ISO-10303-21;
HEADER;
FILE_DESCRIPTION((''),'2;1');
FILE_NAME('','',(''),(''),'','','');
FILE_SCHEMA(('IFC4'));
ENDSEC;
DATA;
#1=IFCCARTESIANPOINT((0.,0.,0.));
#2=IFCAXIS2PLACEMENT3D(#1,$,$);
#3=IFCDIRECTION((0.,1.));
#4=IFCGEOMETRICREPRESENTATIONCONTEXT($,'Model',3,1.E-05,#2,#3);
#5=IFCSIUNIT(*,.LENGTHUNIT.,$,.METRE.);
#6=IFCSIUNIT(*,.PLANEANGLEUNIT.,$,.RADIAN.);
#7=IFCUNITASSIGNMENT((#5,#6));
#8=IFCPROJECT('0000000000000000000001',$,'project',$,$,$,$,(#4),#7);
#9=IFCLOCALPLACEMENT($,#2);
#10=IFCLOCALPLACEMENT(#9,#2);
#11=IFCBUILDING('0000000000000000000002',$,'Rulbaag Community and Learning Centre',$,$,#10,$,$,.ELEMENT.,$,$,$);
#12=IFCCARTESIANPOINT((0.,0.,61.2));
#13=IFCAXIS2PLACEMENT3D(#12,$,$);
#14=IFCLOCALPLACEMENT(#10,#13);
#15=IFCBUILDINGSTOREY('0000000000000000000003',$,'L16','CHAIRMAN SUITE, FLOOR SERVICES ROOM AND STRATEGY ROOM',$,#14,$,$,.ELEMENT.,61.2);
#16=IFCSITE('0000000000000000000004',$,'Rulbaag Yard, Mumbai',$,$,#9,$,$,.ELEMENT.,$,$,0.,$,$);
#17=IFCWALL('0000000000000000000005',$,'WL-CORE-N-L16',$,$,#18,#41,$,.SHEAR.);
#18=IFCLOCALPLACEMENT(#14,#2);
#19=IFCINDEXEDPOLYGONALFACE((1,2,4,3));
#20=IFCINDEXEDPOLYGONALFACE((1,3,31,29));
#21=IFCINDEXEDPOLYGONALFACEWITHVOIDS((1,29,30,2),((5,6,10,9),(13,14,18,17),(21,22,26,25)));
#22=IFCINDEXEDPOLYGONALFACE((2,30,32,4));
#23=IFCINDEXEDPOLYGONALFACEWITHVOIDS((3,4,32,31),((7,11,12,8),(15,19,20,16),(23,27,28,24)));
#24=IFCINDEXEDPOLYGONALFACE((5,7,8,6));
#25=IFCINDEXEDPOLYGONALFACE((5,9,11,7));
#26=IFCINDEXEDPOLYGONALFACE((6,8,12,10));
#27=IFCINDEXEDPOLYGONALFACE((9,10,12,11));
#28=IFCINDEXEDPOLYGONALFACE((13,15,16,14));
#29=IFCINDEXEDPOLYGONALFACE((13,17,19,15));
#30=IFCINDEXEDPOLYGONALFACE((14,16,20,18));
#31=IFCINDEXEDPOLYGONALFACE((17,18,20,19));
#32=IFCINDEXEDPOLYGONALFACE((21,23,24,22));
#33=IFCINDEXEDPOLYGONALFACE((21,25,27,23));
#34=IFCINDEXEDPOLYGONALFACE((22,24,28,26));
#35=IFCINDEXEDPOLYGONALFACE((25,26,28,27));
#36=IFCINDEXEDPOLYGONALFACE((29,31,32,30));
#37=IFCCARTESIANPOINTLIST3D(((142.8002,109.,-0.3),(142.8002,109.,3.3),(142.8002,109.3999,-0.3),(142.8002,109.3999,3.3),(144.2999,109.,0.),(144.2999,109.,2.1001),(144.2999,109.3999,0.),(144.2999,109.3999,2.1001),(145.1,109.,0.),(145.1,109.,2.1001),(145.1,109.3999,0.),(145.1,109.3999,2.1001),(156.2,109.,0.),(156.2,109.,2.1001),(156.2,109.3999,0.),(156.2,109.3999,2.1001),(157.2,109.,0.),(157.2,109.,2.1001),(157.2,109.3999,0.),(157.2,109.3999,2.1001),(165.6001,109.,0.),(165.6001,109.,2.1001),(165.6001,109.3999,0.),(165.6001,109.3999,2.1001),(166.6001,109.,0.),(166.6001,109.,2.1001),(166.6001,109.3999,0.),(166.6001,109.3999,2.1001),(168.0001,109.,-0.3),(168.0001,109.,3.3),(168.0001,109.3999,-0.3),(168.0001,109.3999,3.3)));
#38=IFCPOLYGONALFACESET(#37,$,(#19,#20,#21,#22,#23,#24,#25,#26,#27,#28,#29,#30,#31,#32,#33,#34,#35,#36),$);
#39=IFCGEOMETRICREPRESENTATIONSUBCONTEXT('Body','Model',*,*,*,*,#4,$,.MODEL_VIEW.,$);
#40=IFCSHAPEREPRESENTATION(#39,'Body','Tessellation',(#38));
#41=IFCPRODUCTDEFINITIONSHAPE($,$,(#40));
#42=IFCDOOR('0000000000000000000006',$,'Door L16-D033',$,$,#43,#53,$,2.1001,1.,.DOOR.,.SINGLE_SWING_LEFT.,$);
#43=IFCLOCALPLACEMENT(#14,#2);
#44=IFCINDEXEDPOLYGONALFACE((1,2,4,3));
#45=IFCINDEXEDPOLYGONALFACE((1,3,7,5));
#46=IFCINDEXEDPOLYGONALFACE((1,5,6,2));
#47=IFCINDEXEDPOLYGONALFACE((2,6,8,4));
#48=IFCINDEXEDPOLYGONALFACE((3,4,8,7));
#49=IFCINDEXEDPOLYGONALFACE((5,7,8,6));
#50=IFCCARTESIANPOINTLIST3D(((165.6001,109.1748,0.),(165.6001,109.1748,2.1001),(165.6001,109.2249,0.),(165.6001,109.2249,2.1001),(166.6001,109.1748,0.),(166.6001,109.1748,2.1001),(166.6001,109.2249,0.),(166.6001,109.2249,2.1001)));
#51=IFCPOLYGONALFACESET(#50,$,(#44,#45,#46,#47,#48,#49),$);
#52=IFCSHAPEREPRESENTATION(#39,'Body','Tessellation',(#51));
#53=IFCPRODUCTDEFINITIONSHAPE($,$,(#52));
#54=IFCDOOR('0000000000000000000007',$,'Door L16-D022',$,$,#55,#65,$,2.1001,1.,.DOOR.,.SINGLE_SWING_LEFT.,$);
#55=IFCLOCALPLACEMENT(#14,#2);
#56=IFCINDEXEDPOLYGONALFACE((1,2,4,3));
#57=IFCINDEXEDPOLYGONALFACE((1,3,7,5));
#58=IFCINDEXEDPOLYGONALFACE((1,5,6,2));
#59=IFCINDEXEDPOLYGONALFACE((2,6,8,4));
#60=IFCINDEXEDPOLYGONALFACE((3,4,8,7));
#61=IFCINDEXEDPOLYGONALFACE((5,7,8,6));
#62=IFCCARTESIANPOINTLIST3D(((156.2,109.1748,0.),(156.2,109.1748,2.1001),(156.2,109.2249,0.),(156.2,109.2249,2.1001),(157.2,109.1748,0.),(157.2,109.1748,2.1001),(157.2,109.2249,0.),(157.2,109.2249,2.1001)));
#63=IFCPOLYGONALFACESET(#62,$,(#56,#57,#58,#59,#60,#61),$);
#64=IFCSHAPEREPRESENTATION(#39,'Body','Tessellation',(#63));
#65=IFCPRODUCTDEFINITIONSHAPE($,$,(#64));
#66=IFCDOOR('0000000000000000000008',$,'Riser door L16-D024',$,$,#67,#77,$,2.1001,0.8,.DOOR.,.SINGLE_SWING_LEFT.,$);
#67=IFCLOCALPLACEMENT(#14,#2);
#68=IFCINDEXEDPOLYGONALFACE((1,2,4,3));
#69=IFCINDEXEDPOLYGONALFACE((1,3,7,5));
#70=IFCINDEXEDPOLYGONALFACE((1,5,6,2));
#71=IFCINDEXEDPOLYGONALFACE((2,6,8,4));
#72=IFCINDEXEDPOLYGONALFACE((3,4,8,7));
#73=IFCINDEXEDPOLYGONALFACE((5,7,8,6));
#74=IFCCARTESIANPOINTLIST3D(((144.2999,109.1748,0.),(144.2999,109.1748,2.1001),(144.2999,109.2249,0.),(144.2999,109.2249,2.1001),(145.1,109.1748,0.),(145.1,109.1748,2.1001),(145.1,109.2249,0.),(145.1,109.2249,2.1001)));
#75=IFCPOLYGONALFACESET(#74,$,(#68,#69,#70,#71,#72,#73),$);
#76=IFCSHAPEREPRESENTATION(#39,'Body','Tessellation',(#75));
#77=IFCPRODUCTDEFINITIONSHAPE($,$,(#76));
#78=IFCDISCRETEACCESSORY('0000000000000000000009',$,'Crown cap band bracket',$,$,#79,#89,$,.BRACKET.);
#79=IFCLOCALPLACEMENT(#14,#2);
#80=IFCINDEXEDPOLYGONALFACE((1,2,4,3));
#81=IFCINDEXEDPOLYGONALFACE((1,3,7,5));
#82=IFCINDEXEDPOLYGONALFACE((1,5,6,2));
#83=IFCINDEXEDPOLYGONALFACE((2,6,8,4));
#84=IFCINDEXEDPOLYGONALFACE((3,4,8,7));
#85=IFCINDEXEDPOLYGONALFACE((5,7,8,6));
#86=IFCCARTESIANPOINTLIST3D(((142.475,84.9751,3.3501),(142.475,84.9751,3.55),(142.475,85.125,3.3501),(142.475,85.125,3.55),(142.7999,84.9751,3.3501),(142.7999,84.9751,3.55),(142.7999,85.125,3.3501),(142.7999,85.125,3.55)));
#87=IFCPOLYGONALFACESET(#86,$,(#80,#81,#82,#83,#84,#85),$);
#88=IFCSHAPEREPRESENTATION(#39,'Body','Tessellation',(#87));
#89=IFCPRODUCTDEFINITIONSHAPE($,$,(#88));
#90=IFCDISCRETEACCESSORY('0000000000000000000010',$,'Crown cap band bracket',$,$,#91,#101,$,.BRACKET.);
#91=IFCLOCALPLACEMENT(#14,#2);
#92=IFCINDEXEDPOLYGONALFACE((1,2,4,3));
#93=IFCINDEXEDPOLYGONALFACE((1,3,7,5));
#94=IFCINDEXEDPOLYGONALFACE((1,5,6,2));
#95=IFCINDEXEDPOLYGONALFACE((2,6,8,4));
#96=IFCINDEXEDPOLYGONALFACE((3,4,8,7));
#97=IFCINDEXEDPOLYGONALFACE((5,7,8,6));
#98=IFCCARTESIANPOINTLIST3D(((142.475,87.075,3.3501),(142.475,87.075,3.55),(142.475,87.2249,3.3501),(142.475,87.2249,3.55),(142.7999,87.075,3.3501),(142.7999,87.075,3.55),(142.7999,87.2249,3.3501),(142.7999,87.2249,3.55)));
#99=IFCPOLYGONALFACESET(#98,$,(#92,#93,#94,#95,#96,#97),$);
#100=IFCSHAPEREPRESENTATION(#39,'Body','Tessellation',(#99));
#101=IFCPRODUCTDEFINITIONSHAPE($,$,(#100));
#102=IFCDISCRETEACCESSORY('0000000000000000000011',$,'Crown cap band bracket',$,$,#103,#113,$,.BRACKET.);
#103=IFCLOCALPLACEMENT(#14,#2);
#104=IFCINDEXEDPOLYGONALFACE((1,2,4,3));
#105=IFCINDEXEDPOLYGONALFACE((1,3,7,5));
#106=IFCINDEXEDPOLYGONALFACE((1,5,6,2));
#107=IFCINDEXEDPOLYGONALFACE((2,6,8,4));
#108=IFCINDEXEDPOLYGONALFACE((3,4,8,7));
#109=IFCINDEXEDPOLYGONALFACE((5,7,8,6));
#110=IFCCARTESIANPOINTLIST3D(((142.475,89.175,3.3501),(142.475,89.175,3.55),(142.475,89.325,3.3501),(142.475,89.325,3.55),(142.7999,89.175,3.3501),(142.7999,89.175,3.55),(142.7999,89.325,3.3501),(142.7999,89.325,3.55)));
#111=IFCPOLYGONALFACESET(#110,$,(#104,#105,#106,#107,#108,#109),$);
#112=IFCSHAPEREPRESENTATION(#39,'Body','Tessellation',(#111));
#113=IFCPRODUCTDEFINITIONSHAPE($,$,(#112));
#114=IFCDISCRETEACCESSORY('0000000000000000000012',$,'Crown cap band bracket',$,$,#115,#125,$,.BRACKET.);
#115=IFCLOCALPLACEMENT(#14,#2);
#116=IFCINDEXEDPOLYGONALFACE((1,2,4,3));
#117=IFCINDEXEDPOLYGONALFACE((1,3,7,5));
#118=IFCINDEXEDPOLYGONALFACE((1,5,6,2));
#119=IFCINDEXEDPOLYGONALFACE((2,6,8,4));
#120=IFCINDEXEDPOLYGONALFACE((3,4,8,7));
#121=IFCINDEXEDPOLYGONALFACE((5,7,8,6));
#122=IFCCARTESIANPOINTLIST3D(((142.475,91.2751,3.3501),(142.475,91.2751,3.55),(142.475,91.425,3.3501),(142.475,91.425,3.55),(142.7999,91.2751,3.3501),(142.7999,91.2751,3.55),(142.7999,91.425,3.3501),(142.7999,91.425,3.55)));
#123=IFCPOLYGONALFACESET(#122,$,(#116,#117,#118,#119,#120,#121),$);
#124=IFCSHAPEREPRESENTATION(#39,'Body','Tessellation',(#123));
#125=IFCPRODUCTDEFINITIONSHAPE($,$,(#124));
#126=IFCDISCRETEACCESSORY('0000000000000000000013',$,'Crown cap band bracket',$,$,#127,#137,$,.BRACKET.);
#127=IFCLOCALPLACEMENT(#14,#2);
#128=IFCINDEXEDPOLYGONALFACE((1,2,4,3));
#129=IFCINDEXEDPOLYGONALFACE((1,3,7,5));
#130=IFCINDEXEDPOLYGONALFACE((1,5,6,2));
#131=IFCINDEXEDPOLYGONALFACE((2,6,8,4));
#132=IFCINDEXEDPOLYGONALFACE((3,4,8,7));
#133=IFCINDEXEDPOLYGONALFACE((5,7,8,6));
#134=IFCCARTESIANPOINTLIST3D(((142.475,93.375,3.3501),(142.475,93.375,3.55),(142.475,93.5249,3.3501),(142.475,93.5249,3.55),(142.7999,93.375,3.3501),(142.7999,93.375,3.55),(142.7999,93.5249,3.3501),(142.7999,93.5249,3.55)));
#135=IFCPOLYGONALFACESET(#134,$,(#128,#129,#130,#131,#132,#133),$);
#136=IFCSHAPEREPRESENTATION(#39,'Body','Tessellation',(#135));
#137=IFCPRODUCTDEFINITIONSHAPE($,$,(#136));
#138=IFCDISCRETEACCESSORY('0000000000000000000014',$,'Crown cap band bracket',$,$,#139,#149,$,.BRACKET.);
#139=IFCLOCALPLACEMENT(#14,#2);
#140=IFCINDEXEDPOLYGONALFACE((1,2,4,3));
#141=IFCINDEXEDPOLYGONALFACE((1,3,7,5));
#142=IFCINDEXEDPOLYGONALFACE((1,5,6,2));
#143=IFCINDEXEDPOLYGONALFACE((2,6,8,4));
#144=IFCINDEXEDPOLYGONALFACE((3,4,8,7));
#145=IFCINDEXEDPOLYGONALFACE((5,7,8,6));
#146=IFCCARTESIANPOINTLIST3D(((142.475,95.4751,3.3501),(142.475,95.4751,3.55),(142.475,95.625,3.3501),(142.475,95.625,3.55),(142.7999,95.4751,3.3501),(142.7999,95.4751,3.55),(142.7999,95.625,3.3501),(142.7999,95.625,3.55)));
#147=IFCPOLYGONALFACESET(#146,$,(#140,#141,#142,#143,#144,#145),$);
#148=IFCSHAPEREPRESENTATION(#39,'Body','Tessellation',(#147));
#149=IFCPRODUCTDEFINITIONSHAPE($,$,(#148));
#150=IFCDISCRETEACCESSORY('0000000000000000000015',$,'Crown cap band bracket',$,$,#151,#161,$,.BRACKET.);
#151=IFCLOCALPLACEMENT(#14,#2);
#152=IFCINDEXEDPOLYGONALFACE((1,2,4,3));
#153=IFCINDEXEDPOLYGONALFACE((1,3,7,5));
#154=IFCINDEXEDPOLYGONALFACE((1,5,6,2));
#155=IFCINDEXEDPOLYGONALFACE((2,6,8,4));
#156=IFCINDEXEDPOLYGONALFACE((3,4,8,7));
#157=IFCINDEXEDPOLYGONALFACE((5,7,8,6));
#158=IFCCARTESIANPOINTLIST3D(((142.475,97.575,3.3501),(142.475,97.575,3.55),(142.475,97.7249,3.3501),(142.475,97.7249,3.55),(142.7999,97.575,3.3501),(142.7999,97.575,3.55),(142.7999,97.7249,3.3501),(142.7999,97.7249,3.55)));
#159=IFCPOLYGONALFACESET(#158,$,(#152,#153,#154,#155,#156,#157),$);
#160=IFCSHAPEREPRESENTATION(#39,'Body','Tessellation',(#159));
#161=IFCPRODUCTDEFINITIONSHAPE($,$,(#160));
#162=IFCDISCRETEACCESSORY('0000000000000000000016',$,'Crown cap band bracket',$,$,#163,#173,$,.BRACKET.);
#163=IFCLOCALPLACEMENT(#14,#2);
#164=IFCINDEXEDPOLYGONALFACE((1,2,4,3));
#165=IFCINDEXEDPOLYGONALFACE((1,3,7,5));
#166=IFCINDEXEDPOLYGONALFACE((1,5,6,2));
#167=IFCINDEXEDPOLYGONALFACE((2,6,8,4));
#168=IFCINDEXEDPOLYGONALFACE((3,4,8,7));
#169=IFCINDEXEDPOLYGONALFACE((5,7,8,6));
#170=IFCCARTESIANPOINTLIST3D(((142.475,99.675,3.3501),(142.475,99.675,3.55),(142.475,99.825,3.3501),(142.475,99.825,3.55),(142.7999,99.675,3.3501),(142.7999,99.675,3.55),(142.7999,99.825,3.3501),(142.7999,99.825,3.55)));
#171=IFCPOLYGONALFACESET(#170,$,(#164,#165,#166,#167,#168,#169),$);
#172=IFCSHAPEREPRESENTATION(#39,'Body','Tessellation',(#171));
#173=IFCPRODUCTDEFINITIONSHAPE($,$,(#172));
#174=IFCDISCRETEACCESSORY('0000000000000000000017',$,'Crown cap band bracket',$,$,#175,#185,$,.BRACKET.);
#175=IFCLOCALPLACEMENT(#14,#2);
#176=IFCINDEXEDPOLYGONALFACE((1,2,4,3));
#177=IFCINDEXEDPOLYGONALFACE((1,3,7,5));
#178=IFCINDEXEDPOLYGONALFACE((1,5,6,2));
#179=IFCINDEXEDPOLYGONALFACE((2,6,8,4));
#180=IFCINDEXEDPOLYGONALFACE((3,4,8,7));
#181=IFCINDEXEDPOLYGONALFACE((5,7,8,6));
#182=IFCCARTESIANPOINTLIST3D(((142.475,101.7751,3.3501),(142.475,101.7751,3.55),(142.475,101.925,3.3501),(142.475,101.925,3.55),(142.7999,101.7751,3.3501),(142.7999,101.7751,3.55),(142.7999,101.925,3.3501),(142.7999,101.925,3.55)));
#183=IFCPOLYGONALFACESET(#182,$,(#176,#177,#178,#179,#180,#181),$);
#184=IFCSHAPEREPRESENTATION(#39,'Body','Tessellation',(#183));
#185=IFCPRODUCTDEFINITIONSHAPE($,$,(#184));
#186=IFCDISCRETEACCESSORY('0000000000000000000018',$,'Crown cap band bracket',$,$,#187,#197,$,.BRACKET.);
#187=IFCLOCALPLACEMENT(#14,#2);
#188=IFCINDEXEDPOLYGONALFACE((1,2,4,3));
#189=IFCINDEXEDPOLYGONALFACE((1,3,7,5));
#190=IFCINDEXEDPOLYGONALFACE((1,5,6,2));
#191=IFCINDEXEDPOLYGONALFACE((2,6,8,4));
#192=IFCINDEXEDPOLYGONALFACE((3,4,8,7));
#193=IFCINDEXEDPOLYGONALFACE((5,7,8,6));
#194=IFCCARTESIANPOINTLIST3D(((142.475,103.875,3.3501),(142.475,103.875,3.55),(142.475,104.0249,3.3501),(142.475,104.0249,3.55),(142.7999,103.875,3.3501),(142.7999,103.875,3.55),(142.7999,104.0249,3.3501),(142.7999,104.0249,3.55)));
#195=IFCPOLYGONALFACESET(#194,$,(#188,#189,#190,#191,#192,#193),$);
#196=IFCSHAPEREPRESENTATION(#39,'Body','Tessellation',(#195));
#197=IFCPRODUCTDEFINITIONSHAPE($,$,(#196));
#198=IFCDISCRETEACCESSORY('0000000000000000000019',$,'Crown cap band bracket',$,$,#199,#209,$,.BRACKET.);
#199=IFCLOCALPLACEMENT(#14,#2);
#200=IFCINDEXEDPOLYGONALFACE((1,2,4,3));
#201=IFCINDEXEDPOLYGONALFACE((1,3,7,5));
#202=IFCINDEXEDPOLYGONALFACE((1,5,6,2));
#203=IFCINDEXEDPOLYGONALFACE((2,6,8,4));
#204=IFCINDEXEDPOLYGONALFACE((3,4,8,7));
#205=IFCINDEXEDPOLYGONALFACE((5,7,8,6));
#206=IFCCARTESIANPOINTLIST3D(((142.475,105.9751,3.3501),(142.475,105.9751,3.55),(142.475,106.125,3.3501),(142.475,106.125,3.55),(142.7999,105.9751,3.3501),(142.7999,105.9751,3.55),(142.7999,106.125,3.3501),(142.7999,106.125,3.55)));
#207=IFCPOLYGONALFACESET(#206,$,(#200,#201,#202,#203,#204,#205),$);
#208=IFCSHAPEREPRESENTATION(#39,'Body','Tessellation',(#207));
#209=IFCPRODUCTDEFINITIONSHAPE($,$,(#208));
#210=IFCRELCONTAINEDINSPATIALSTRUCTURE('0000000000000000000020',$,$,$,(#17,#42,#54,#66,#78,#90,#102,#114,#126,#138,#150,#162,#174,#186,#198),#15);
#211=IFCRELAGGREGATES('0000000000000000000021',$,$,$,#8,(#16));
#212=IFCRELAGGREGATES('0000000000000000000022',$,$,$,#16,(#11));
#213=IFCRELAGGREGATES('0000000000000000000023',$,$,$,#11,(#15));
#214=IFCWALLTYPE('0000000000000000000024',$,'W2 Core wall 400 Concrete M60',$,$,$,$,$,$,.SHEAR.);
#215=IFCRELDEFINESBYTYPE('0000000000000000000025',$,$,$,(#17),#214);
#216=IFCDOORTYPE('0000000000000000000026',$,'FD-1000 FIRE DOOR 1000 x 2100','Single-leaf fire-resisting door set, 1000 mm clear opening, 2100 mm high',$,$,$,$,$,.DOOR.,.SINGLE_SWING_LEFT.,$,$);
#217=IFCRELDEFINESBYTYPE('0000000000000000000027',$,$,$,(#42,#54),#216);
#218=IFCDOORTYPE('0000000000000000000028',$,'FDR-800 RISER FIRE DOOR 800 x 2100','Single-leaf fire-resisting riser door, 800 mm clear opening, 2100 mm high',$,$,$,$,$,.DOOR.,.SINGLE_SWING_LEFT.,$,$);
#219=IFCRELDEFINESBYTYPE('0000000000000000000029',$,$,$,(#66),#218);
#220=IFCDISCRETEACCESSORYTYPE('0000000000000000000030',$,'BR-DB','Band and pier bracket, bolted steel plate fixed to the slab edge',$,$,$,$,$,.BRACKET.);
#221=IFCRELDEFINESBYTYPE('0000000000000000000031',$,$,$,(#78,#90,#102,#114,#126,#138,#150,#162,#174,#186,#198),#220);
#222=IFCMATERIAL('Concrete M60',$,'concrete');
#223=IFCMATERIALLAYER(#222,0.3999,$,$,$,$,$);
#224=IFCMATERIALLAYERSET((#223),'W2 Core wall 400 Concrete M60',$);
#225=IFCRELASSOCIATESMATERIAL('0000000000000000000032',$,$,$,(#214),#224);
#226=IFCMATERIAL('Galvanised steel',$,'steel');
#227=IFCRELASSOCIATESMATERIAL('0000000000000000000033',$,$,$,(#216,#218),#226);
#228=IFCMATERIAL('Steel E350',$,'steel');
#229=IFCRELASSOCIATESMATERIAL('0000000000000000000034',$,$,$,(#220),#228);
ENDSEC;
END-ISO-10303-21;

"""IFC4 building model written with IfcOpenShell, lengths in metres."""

from ifc_helpers import new_model, si_unit, direction, frame, frame_2d, origin, origin_2d, place, context, subcontext, project, spatial, rectangle, extrude, material, layer, layer_set, type_object, element, fill, save


model = new_model("IFC4")

# Units and contexts
model_context = context("Model", 3, precision=1e-05, world=origin(), true_north=direction((0.0, 1.0)))
body_context = subcontext(model_context, "Body", "Model", "MODEL_VIEW")
ifc_project = project(units=[si_unit("LENGTHUNIT", "METRE"), si_unit("PLANEANGLEUNIT", "RADIAN")], contexts=[model_context])

# Site, building, storey
site_placement = place(None, origin())
site = spatial("IfcSite", under=ifc_project, at=site_placement, Name="Rulbaag Yard, Mumbai", CompositionType="ELEMENT", RefElevation=0.0)
building_placement = place(site_placement, origin())
building = spatial("IfcBuilding", under=site, at=building_placement, Name="Rulbaag Community and Learning Centre", CompositionType="ELEMENT")
storey_placement = place(building_placement, frame((0.0, 0.0, 61.2)))
storey = spatial("IfcBuildingStorey", under=building, at=storey_placement, Name="L16", Description="CHAIRMAN SUITE, FLOOR SERVICES ROOM AND STRATEGY ROOM", CompositionType="ELEMENT", Elevation=61.2)

# Wall, openings, doors
ifc_material_1 = material(Name="Concrete M60", Category="concrete")
ifc_layer_1 = layer(ifc_material_1, 0.3999)
ifc_layer_set_1 = layer_set([ifc_layer_1], Name="W2 Core wall 400 Concrete M60")
wall_type_1 = type_object("IfcWallType", Name="W2 Core wall 400 Concrete M60", PredefinedType="SHEAR", material=ifc_layer_set_1)
ifc_material_2 = material(Name="Galvanised steel", Category="steel")
door_type_1 = type_object("IfcDoorType", Name="FD-1000 FIRE DOOR 1000 x 2100", Description="Single-leaf fire-resisting door set, 1000 mm clear opening, 2100 mm high", OperationType="SINGLE_SWING_LEFT", PredefinedType="DOOR", material=ifc_material_2)
wall_1_placement = place(storey_placement, frame((142.8, 109.2, -0.3), z_axis=(0.0, 0.0, 1.0), x_axis=(1.0, 0.0, 0.0)))
wall_1 = element("IfcWall", 1, at=wall_1_placement, inside=storey, type_object=wall_type_1, Name="WL-CORE-N-L16", PredefinedType="SHEAR", context=body_context, shape_type="SweptSolid", body=[
    extrude(rectangle(XDim=25.2, YDim=0.3999, at=frame_2d((12.6001, 0.0))), origin(), (0.0, 0.0, 1.0), 3.6001),
])
opening_1_placement = place(wall_1_placement, frame((22.8, 0.0, 0.3)))
opening_1 = element("IfcOpeningElement", 2, at=opening_1_placement, cuts=wall_1, PredefinedType="OPENING", context=body_context, shape_type="SweptSolid", body=[
    extrude(rectangle(XDim=1.0, YDim=2.1001, at=frame_2d((0.5, 1.05))), frame((0.0, 0.21, 0.0), z_axis=(0.0, -1.0, 0.0), x_axis=(1.0, 0.0, 0.0)), (0.0, 0.0, 1.0), 0.4199),
])
opening_2_placement = place(wall_1_placement, frame((1.5, 0.0, 0.3)))
opening_2 = element("IfcOpeningElement", 3, at=opening_2_placement, cuts=wall_1, PredefinedType="OPENING", context=body_context, shape_type="SweptSolid", body=[
    extrude(rectangle(XDim=0.8, YDim=2.1001, at=frame_2d((0.3999, 1.05))), frame((0.0, 0.21, 0.0), z_axis=(0.0, -1.0, 0.0), x_axis=(1.0, 0.0, 0.0)), (0.0, 0.0, 1.0), 0.4199),
])
opening_3_placement = place(wall_1_placement, frame((13.3999, 0.0, 0.3)))
opening_3 = element("IfcOpeningElement", 4, at=opening_3_placement, cuts=wall_1, PredefinedType="OPENING", context=body_context, shape_type="SweptSolid", body=[
    extrude(rectangle(XDim=1.0, YDim=2.1001, at=frame_2d((0.5, 1.05))), frame((0.0, 0.21, 0.0), z_axis=(0.0, -1.0, 0.0), x_axis=(1.0, 0.0, 0.0)), (0.0, 0.0, 1.0), 0.4199),
])
door_1_placement = place(opening_1_placement, origin())
door_1 = element("IfcDoor", 5, at=door_1_placement, inside=storey, type_object=door_type_1, Name="Door L16-D033", OperationType="SINGLE_SWING_LEFT", OverallHeight=2.1001, OverallWidth=1.0, PredefinedType="DOOR", context=body_context, shape_type="SweptSolid", body=[
    extrude(rectangle(XDim=1.0, YDim=2.1001, at=frame_2d((0.5, 1.05))), frame((0.0, 0.0249, 0.0), z_axis=(0.0, -1.0, 0.0), x_axis=(1.0, 0.0, 0.0)), (0.0, 0.0, 1.0), 0.05),
])
fill(opening_1, door_1)
door_2_placement = place(opening_3_placement, origin())
door_2 = element("IfcDoor", 6, at=door_2_placement, inside=storey, type_object=door_type_1, Name="Door L16-D022", OperationType="SINGLE_SWING_LEFT", OverallHeight=2.1001, OverallWidth=1.0, PredefinedType="DOOR", context=body_context, shape_type="SweptSolid", body=[
    extrude(rectangle(XDim=1.0, YDim=2.1001, at=frame_2d((0.5, 1.05))), frame((0.0, 0.0249, 0.0), z_axis=(0.0, -1.0, 0.0), x_axis=(1.0, 0.0, 0.0)), (0.0, 0.0, 1.0), 0.05),
])
fill(opening_3, door_2)
door_type_2 = type_object("IfcDoorType", Name="FDR-800 RISER FIRE DOOR 800 x 2100", Description="Single-leaf fire-resisting riser door, 800 mm clear opening, 2100 mm high", OperationType="SINGLE_SWING_LEFT", PredefinedType="DOOR", material=ifc_material_2)
door_3_placement = place(opening_2_placement, origin())
door_3 = element("IfcDoor", 7, at=door_3_placement, inside=storey, type_object=door_type_2, Name="Riser door L16-D024", OperationType="SINGLE_SWING_LEFT", OverallHeight=2.1001, OverallWidth=0.8, PredefinedType="DOOR", context=body_context, shape_type="SweptSolid", body=[
    extrude(rectangle(XDim=0.8, YDim=2.1001, at=frame_2d((0.3999, 1.05))), frame((0.0, 0.0249, 0.0), z_axis=(0.0, -1.0, 0.0), x_axis=(1.0, 0.0, 0.0)), (0.0, 0.0, 1.0), 0.05),
])
fill(opening_2, door_3)

# Discrete accessories
ifc_material_3 = material(Name="Steel E350", Category="steel")
discrete_accessory_type = type_object("IfcDiscreteAccessoryType", Name="BR-DB", Description="Band and pier bracket, bolted steel plate fixed to the slab edge", PredefinedType="BRACKET", material=ifc_material_3)
for number, where, z_axis, x_axis, name in (
    (8, (142.6375, 85.05, 3.3501), (0.0, 0.0, 1.0), (1.0, 0.0, 0.0), "Crown cap band bracket"),
    (9, (142.6375, 87.1499, 3.3501), (0.0, 0.0, 1.0), (1.0, 0.0, 0.0), "Crown cap band bracket"),
    (10, (142.6375, 89.25, 3.3501), (0.0, 0.0, 1.0), (1.0, 0.0, 0.0), "Crown cap band bracket"),
    (11, (142.6375, 91.3501, 3.3501), (0.0, 0.0, 1.0), (1.0, 0.0, 0.0), "Crown cap band bracket"),
    (12, (142.6375, 93.45, 3.3501), (0.0, 0.0, 1.0), (1.0, 0.0, 0.0), "Crown cap band bracket"),
    (13, (142.6375, 95.55, 3.3501), (0.0, 0.0, 1.0), (1.0, 0.0, 0.0), "Crown cap band bracket"),
    (14, (142.6375, 97.6499, 3.3501), (0.0, 0.0, 1.0), (1.0, 0.0, 0.0), "Crown cap band bracket"),
    (15, (142.6375, 99.75, 3.3501), (0.0, 0.0, 1.0), (1.0, 0.0, 0.0), "Crown cap band bracket"),
    (16, (142.6375, 101.8501, 3.3501), (0.0, 0.0, 1.0), (1.0, 0.0, 0.0), "Crown cap band bracket"),
    (17, (142.6375, 103.95, 3.3501), (0.0, 0.0, 1.0), (1.0, 0.0, 0.0), "Crown cap band bracket"),
    (18, (142.6375, 106.05, 3.3501), (0.0, 0.0, 1.0), (1.0, 0.0, 0.0), "Crown cap band bracket"),
):
    element("IfcDiscreteAccessory", number, at=place(storey_placement, frame(where, z_axis=z_axis, x_axis=x_axis)), inside=storey, type_object=discrete_accessory_type, Name=name, PredefinedType="BRACKET", context=body_context, shape_type="SweptSolid", body=[
        extrude(rectangle(XDim=0.325, YDim=0.1499, at=origin_2d()), origin(), (0.0, 0.0, 1.0), 0.2),
    ])

save(model, "model.ifc")
